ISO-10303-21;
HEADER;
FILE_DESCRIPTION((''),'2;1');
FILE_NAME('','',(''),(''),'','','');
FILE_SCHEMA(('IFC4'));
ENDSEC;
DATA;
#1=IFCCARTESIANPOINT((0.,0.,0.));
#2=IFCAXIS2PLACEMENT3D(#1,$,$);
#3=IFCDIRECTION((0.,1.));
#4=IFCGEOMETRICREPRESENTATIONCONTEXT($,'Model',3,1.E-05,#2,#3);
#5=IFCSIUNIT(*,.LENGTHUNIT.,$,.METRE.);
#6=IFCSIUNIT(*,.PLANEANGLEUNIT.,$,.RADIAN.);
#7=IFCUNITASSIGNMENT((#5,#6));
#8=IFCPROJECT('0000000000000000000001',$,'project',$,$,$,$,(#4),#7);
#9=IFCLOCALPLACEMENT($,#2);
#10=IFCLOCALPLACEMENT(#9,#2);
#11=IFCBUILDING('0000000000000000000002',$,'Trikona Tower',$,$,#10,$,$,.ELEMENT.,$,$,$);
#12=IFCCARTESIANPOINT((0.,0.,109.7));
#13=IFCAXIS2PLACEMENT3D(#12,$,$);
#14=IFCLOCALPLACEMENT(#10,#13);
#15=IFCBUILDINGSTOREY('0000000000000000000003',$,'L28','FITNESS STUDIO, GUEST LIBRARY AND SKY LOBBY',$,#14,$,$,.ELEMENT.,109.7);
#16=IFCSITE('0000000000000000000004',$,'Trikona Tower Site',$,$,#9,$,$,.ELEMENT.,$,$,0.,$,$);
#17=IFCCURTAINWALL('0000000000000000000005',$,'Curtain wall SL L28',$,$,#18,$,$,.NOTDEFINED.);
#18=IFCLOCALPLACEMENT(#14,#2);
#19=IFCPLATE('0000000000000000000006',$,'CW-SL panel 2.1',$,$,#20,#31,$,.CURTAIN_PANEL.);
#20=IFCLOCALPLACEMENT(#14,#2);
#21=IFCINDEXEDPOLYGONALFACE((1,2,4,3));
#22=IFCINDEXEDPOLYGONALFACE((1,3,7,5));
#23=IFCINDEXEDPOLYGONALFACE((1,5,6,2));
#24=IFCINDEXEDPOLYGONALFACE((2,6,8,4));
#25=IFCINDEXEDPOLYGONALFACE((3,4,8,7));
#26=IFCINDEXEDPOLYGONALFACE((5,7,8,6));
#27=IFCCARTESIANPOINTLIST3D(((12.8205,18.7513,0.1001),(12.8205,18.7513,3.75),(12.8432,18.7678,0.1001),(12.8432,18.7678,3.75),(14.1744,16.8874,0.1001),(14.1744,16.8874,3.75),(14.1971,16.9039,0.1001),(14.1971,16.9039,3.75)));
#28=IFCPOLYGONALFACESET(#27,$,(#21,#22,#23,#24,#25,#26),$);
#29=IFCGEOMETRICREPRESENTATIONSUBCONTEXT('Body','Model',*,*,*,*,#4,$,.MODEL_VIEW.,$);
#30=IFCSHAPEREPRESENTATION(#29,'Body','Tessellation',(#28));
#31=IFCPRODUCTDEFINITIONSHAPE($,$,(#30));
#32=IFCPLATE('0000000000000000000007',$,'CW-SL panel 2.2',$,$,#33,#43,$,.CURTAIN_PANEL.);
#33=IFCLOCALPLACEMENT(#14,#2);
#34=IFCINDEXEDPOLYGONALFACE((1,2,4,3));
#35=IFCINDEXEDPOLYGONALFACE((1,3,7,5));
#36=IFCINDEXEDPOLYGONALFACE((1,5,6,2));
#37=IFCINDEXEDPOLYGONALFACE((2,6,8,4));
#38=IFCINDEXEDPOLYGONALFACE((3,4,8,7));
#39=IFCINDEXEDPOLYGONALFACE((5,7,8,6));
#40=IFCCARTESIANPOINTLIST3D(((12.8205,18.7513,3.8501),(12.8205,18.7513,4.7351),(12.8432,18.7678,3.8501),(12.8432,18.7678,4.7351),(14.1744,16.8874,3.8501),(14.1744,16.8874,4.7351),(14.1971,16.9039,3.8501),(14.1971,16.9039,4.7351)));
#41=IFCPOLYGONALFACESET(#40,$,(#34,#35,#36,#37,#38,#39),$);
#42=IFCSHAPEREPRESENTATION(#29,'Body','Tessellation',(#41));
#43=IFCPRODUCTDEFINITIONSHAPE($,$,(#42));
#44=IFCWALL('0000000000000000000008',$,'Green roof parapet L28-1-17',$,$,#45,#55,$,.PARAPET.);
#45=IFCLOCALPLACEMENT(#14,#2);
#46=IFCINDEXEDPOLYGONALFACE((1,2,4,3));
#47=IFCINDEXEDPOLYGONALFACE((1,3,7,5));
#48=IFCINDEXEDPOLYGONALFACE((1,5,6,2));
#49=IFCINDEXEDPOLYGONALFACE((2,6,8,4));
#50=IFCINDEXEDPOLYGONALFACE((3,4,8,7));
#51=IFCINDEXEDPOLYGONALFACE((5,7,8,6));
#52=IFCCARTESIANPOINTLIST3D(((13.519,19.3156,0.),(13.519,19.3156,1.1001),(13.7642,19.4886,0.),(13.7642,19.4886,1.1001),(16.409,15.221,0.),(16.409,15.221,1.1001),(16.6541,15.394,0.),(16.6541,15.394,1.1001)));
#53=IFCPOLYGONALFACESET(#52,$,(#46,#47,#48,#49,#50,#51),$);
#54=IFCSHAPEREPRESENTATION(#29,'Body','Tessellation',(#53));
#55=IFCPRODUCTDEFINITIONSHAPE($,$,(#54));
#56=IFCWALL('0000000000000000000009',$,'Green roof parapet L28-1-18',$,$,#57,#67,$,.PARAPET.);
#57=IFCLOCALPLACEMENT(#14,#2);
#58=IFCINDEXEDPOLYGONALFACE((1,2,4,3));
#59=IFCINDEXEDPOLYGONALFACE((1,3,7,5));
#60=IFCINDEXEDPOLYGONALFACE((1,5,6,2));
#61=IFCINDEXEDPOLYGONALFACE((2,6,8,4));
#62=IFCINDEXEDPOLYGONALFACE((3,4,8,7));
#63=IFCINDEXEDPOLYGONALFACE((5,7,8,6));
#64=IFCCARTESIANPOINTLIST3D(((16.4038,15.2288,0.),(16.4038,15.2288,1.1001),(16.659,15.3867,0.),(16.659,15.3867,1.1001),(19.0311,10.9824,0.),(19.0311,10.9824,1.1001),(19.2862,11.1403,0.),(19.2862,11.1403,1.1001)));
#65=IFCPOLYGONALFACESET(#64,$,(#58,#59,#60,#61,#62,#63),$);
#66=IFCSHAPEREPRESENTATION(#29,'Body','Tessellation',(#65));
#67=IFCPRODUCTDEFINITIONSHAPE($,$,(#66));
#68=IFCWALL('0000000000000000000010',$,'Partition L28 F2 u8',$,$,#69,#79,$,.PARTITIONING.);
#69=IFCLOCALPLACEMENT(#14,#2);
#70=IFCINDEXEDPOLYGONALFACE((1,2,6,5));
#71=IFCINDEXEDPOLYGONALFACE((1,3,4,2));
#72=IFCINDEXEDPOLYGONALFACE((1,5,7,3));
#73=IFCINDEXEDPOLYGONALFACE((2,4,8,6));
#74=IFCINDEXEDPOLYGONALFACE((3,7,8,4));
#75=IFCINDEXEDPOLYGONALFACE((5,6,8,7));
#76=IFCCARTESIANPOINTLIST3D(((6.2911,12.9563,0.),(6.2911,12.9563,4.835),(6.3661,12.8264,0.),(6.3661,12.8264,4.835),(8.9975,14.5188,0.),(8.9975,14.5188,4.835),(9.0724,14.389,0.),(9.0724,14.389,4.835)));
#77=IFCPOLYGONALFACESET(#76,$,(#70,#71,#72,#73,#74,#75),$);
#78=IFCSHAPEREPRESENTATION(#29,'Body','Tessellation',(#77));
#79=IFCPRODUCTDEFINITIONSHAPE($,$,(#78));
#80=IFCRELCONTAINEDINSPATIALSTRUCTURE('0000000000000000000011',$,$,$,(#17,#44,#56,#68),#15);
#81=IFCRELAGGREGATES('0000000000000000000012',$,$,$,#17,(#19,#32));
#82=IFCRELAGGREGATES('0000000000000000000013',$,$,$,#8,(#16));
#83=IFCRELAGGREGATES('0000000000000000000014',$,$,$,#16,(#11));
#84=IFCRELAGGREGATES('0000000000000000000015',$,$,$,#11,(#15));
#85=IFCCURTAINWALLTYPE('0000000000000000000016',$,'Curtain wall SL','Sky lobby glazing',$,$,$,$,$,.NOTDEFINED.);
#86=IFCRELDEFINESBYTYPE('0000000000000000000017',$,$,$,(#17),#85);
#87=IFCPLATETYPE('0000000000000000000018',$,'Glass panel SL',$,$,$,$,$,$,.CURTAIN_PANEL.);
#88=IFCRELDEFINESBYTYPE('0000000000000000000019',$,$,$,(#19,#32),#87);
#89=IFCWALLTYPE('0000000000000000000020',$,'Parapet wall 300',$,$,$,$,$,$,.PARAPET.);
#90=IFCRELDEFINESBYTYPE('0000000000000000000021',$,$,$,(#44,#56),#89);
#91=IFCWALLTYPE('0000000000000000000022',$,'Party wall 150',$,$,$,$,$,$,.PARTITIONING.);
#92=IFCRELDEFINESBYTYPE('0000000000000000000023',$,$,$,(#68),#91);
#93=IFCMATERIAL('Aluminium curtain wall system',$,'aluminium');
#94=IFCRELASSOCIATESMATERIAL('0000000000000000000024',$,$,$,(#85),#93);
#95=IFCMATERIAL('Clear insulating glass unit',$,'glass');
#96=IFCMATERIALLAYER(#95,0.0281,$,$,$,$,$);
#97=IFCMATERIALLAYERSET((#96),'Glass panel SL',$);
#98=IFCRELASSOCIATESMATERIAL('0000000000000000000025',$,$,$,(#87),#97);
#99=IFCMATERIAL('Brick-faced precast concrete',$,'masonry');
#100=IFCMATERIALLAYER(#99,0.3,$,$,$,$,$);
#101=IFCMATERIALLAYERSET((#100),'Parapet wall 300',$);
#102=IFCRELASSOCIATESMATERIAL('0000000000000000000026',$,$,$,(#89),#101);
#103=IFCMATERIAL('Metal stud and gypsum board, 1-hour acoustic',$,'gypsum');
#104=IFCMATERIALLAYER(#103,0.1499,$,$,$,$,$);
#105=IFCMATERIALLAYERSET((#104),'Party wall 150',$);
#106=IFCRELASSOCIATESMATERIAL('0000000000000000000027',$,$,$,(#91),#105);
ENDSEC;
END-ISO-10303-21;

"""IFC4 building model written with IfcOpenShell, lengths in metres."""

from ifc_helpers import new_model, si_unit, direction, frame, frame_2d, origin, origin_2d, place, context, subcontext, project, spatial, rectangle, extrude, material, layer, layer_set, type_object, element, aggregate, save


model = new_model("IFC4")

# Units and contexts
model_context = context("Model", 3, precision=1e-05, world=origin(), true_north=direction((0.0, 1.0)))
body_context = subcontext(model_context, "Body", "Model", "MODEL_VIEW")
ifc_project = project(units=[si_unit("LENGTHUNIT", "METRE"), si_unit("PLANEANGLEUNIT", "RADIAN")], contexts=[model_context])

# Site, building, storey
site_placement = place(None, origin())
site = spatial("IfcSite", under=ifc_project, at=site_placement, Name="Trikona Tower Site", CompositionType="ELEMENT", RefElevation=0.0)
building_placement = place(site_placement, origin())
building = spatial("IfcBuilding", under=site, at=building_placement, Name="Trikona Tower", CompositionType="ELEMENT")
storey_placement = place(building_placement, frame((0.0, 0.0, 109.7)))
storey = spatial("IfcBuildingStorey", under=building, at=storey_placement, Name="L28", Description="FITNESS STUDIO, GUEST LIBRARY AND SKY LOBBY", CompositionType="ELEMENT", Elevation=109.7)

# Shared definitions
ifc_material_1 = material(Name="Aluminium curtain wall system", Category="aluminium")
curtain_wall_type = type_object("IfcCurtainWallType", Name="Curtain wall SL", Description="Sky lobby glazing", PredefinedType="NOTDEFINED", material=ifc_material_1)

# Curtain wall
curtain_wall_1_placement = place(storey_placement, origin())
curtain_wall_1 = element("IfcCurtainWall", 1, at=curtain_wall_1_placement, inside=storey, type_object=curtain_wall_type, Name="Curtain wall SL L28", PredefinedType="NOTDEFINED")

# Plates
ifc_material_2 = material(Name="Clear insulating glass unit", Category="glass")
ifc_layer_1 = layer(ifc_material_2, 0.0281)
ifc_layer_set_1 = layer_set([ifc_layer_1], Name="Glass panel SL")
plate_type = type_object("IfcPlateType", Name="Glass panel SL", PredefinedType="CURTAIN_PANEL", material=ifc_layer_set_1)
plate_1_placement = place(storey_placement, frame((13.5088, 17.8276, 0.1001), z_axis=(0.0, 0.0, 1.0), x_axis=(-0.587677, 0.809095, 0.0)))
plate_1 = element("IfcPlate", 2, at=plate_1_placement, type_object=plate_type, Name="CW-SL panel 2.1", PredefinedType="CURTAIN_PANEL", context=body_context, shape_type="SweptSolid", body=[
    extrude(rectangle(XDim=2.3037, YDim=0.0281, at=origin_2d()), origin(), (0.0, 0.0, 1.0), 3.6499),
])
plate_2_placement = place(storey_placement, frame((13.5088, 17.8276, 3.8501), z_axis=(0.0, 0.0, 1.0), x_axis=(-0.587677, 0.809095, 0.0)))
plate_2 = element("IfcPlate", 3, at=plate_2_placement, type_object=plate_type, Name="CW-SL panel 2.2", PredefinedType="CURTAIN_PANEL", context=body_context, shape_type="SweptSolid", body=[
    extrude(rectangle(XDim=2.3037, YDim=0.0281, at=origin_2d()), origin(), (0.0, 0.0, 1.0), 0.885),
])
aggregate(curtain_wall_1, [plate_1, plate_2])

# Walls
ifc_material_3 = material(Name="Brick-faced precast concrete", Category="masonry")
ifc_layer_2 = layer(ifc_material_3, 0.3)
ifc_layer_set_2 = layer_set([ifc_layer_2], Name="Parapet wall 300")
wall_type_1 = type_object("IfcWallType", Name="Parapet wall 300", PredefinedType="PARAPET", material=ifc_layer_set_2)
wall_1_placement = place(storey_placement, frame((13.6416, 19.4021, 0.0), z_axis=(0.0, 0.0, 1.0), x_axis=(0.576639, -0.816999, 0.0)))
element("IfcWall", 4, at=wall_1_placement, inside=storey, type_object=wall_type_1, Name="Green roof parapet L28-1-17", PredefinedType="PARAPET", context=body_context, shape_type="SweptSolid", body=[
    extrude(rectangle(XDim=5.0117, YDim=0.3, at=frame_2d((2.5059, 0.0))), origin(), (0.0, 0.0, 1.0), 1.1001),
])
wall_2_placement = place(storey_placement, frame((16.5315, 15.3076, 0.0), z_axis=(0.0, 0.0, 1.0), x_axis=(0.526139, -0.850398, 0.0)))
element("IfcWall", 5, at=wall_2_placement, inside=storey, type_object=wall_type_1, Name="Green roof parapet L28-1-18", PredefinedType="PARAPET", context=body_context, shape_type="SweptSolid", body=[
    extrude(rectangle(XDim=4.9934, YDim=0.3, at=frame_2d((2.4966, 0.0))), origin(), (0.0, 0.0, 1.0), 1.1001),
])
ifc_material_4 = material(Name="Metal stud and gypsum board, 1-hour acoustic", Category="gypsum")
ifc_layer_3 = layer(ifc_material_4, 0.1499)
ifc_layer_set_3 = layer_set([ifc_layer_3], Name="Party wall 150")
wall_type_2 = type_object("IfcWallType", Name="Party wall 150", PredefinedType="PARTITIONING", material=ifc_layer_set_3)
wall_3_placement = place(storey_placement, frame((6.3286, 12.8914, 0.0), z_axis=(0.0, 0.0, 1.0), x_axis=(0.866023, 0.500004, 0.0)))
element("IfcWall", 6, at=wall_3_placement, inside=storey, type_object=wall_type_2, Name="Partition L28 F2 u8", PredefinedType="PARTITIONING", context=body_context, shape_type="SweptSolid", body=[
    extrude(rectangle(XDim=3.125, YDim=0.1499, at=frame_2d((1.5625, 0.0))), origin(), (0.0, 0.0, 1.0), 4.835),
])

save(model, "model.ifc")
